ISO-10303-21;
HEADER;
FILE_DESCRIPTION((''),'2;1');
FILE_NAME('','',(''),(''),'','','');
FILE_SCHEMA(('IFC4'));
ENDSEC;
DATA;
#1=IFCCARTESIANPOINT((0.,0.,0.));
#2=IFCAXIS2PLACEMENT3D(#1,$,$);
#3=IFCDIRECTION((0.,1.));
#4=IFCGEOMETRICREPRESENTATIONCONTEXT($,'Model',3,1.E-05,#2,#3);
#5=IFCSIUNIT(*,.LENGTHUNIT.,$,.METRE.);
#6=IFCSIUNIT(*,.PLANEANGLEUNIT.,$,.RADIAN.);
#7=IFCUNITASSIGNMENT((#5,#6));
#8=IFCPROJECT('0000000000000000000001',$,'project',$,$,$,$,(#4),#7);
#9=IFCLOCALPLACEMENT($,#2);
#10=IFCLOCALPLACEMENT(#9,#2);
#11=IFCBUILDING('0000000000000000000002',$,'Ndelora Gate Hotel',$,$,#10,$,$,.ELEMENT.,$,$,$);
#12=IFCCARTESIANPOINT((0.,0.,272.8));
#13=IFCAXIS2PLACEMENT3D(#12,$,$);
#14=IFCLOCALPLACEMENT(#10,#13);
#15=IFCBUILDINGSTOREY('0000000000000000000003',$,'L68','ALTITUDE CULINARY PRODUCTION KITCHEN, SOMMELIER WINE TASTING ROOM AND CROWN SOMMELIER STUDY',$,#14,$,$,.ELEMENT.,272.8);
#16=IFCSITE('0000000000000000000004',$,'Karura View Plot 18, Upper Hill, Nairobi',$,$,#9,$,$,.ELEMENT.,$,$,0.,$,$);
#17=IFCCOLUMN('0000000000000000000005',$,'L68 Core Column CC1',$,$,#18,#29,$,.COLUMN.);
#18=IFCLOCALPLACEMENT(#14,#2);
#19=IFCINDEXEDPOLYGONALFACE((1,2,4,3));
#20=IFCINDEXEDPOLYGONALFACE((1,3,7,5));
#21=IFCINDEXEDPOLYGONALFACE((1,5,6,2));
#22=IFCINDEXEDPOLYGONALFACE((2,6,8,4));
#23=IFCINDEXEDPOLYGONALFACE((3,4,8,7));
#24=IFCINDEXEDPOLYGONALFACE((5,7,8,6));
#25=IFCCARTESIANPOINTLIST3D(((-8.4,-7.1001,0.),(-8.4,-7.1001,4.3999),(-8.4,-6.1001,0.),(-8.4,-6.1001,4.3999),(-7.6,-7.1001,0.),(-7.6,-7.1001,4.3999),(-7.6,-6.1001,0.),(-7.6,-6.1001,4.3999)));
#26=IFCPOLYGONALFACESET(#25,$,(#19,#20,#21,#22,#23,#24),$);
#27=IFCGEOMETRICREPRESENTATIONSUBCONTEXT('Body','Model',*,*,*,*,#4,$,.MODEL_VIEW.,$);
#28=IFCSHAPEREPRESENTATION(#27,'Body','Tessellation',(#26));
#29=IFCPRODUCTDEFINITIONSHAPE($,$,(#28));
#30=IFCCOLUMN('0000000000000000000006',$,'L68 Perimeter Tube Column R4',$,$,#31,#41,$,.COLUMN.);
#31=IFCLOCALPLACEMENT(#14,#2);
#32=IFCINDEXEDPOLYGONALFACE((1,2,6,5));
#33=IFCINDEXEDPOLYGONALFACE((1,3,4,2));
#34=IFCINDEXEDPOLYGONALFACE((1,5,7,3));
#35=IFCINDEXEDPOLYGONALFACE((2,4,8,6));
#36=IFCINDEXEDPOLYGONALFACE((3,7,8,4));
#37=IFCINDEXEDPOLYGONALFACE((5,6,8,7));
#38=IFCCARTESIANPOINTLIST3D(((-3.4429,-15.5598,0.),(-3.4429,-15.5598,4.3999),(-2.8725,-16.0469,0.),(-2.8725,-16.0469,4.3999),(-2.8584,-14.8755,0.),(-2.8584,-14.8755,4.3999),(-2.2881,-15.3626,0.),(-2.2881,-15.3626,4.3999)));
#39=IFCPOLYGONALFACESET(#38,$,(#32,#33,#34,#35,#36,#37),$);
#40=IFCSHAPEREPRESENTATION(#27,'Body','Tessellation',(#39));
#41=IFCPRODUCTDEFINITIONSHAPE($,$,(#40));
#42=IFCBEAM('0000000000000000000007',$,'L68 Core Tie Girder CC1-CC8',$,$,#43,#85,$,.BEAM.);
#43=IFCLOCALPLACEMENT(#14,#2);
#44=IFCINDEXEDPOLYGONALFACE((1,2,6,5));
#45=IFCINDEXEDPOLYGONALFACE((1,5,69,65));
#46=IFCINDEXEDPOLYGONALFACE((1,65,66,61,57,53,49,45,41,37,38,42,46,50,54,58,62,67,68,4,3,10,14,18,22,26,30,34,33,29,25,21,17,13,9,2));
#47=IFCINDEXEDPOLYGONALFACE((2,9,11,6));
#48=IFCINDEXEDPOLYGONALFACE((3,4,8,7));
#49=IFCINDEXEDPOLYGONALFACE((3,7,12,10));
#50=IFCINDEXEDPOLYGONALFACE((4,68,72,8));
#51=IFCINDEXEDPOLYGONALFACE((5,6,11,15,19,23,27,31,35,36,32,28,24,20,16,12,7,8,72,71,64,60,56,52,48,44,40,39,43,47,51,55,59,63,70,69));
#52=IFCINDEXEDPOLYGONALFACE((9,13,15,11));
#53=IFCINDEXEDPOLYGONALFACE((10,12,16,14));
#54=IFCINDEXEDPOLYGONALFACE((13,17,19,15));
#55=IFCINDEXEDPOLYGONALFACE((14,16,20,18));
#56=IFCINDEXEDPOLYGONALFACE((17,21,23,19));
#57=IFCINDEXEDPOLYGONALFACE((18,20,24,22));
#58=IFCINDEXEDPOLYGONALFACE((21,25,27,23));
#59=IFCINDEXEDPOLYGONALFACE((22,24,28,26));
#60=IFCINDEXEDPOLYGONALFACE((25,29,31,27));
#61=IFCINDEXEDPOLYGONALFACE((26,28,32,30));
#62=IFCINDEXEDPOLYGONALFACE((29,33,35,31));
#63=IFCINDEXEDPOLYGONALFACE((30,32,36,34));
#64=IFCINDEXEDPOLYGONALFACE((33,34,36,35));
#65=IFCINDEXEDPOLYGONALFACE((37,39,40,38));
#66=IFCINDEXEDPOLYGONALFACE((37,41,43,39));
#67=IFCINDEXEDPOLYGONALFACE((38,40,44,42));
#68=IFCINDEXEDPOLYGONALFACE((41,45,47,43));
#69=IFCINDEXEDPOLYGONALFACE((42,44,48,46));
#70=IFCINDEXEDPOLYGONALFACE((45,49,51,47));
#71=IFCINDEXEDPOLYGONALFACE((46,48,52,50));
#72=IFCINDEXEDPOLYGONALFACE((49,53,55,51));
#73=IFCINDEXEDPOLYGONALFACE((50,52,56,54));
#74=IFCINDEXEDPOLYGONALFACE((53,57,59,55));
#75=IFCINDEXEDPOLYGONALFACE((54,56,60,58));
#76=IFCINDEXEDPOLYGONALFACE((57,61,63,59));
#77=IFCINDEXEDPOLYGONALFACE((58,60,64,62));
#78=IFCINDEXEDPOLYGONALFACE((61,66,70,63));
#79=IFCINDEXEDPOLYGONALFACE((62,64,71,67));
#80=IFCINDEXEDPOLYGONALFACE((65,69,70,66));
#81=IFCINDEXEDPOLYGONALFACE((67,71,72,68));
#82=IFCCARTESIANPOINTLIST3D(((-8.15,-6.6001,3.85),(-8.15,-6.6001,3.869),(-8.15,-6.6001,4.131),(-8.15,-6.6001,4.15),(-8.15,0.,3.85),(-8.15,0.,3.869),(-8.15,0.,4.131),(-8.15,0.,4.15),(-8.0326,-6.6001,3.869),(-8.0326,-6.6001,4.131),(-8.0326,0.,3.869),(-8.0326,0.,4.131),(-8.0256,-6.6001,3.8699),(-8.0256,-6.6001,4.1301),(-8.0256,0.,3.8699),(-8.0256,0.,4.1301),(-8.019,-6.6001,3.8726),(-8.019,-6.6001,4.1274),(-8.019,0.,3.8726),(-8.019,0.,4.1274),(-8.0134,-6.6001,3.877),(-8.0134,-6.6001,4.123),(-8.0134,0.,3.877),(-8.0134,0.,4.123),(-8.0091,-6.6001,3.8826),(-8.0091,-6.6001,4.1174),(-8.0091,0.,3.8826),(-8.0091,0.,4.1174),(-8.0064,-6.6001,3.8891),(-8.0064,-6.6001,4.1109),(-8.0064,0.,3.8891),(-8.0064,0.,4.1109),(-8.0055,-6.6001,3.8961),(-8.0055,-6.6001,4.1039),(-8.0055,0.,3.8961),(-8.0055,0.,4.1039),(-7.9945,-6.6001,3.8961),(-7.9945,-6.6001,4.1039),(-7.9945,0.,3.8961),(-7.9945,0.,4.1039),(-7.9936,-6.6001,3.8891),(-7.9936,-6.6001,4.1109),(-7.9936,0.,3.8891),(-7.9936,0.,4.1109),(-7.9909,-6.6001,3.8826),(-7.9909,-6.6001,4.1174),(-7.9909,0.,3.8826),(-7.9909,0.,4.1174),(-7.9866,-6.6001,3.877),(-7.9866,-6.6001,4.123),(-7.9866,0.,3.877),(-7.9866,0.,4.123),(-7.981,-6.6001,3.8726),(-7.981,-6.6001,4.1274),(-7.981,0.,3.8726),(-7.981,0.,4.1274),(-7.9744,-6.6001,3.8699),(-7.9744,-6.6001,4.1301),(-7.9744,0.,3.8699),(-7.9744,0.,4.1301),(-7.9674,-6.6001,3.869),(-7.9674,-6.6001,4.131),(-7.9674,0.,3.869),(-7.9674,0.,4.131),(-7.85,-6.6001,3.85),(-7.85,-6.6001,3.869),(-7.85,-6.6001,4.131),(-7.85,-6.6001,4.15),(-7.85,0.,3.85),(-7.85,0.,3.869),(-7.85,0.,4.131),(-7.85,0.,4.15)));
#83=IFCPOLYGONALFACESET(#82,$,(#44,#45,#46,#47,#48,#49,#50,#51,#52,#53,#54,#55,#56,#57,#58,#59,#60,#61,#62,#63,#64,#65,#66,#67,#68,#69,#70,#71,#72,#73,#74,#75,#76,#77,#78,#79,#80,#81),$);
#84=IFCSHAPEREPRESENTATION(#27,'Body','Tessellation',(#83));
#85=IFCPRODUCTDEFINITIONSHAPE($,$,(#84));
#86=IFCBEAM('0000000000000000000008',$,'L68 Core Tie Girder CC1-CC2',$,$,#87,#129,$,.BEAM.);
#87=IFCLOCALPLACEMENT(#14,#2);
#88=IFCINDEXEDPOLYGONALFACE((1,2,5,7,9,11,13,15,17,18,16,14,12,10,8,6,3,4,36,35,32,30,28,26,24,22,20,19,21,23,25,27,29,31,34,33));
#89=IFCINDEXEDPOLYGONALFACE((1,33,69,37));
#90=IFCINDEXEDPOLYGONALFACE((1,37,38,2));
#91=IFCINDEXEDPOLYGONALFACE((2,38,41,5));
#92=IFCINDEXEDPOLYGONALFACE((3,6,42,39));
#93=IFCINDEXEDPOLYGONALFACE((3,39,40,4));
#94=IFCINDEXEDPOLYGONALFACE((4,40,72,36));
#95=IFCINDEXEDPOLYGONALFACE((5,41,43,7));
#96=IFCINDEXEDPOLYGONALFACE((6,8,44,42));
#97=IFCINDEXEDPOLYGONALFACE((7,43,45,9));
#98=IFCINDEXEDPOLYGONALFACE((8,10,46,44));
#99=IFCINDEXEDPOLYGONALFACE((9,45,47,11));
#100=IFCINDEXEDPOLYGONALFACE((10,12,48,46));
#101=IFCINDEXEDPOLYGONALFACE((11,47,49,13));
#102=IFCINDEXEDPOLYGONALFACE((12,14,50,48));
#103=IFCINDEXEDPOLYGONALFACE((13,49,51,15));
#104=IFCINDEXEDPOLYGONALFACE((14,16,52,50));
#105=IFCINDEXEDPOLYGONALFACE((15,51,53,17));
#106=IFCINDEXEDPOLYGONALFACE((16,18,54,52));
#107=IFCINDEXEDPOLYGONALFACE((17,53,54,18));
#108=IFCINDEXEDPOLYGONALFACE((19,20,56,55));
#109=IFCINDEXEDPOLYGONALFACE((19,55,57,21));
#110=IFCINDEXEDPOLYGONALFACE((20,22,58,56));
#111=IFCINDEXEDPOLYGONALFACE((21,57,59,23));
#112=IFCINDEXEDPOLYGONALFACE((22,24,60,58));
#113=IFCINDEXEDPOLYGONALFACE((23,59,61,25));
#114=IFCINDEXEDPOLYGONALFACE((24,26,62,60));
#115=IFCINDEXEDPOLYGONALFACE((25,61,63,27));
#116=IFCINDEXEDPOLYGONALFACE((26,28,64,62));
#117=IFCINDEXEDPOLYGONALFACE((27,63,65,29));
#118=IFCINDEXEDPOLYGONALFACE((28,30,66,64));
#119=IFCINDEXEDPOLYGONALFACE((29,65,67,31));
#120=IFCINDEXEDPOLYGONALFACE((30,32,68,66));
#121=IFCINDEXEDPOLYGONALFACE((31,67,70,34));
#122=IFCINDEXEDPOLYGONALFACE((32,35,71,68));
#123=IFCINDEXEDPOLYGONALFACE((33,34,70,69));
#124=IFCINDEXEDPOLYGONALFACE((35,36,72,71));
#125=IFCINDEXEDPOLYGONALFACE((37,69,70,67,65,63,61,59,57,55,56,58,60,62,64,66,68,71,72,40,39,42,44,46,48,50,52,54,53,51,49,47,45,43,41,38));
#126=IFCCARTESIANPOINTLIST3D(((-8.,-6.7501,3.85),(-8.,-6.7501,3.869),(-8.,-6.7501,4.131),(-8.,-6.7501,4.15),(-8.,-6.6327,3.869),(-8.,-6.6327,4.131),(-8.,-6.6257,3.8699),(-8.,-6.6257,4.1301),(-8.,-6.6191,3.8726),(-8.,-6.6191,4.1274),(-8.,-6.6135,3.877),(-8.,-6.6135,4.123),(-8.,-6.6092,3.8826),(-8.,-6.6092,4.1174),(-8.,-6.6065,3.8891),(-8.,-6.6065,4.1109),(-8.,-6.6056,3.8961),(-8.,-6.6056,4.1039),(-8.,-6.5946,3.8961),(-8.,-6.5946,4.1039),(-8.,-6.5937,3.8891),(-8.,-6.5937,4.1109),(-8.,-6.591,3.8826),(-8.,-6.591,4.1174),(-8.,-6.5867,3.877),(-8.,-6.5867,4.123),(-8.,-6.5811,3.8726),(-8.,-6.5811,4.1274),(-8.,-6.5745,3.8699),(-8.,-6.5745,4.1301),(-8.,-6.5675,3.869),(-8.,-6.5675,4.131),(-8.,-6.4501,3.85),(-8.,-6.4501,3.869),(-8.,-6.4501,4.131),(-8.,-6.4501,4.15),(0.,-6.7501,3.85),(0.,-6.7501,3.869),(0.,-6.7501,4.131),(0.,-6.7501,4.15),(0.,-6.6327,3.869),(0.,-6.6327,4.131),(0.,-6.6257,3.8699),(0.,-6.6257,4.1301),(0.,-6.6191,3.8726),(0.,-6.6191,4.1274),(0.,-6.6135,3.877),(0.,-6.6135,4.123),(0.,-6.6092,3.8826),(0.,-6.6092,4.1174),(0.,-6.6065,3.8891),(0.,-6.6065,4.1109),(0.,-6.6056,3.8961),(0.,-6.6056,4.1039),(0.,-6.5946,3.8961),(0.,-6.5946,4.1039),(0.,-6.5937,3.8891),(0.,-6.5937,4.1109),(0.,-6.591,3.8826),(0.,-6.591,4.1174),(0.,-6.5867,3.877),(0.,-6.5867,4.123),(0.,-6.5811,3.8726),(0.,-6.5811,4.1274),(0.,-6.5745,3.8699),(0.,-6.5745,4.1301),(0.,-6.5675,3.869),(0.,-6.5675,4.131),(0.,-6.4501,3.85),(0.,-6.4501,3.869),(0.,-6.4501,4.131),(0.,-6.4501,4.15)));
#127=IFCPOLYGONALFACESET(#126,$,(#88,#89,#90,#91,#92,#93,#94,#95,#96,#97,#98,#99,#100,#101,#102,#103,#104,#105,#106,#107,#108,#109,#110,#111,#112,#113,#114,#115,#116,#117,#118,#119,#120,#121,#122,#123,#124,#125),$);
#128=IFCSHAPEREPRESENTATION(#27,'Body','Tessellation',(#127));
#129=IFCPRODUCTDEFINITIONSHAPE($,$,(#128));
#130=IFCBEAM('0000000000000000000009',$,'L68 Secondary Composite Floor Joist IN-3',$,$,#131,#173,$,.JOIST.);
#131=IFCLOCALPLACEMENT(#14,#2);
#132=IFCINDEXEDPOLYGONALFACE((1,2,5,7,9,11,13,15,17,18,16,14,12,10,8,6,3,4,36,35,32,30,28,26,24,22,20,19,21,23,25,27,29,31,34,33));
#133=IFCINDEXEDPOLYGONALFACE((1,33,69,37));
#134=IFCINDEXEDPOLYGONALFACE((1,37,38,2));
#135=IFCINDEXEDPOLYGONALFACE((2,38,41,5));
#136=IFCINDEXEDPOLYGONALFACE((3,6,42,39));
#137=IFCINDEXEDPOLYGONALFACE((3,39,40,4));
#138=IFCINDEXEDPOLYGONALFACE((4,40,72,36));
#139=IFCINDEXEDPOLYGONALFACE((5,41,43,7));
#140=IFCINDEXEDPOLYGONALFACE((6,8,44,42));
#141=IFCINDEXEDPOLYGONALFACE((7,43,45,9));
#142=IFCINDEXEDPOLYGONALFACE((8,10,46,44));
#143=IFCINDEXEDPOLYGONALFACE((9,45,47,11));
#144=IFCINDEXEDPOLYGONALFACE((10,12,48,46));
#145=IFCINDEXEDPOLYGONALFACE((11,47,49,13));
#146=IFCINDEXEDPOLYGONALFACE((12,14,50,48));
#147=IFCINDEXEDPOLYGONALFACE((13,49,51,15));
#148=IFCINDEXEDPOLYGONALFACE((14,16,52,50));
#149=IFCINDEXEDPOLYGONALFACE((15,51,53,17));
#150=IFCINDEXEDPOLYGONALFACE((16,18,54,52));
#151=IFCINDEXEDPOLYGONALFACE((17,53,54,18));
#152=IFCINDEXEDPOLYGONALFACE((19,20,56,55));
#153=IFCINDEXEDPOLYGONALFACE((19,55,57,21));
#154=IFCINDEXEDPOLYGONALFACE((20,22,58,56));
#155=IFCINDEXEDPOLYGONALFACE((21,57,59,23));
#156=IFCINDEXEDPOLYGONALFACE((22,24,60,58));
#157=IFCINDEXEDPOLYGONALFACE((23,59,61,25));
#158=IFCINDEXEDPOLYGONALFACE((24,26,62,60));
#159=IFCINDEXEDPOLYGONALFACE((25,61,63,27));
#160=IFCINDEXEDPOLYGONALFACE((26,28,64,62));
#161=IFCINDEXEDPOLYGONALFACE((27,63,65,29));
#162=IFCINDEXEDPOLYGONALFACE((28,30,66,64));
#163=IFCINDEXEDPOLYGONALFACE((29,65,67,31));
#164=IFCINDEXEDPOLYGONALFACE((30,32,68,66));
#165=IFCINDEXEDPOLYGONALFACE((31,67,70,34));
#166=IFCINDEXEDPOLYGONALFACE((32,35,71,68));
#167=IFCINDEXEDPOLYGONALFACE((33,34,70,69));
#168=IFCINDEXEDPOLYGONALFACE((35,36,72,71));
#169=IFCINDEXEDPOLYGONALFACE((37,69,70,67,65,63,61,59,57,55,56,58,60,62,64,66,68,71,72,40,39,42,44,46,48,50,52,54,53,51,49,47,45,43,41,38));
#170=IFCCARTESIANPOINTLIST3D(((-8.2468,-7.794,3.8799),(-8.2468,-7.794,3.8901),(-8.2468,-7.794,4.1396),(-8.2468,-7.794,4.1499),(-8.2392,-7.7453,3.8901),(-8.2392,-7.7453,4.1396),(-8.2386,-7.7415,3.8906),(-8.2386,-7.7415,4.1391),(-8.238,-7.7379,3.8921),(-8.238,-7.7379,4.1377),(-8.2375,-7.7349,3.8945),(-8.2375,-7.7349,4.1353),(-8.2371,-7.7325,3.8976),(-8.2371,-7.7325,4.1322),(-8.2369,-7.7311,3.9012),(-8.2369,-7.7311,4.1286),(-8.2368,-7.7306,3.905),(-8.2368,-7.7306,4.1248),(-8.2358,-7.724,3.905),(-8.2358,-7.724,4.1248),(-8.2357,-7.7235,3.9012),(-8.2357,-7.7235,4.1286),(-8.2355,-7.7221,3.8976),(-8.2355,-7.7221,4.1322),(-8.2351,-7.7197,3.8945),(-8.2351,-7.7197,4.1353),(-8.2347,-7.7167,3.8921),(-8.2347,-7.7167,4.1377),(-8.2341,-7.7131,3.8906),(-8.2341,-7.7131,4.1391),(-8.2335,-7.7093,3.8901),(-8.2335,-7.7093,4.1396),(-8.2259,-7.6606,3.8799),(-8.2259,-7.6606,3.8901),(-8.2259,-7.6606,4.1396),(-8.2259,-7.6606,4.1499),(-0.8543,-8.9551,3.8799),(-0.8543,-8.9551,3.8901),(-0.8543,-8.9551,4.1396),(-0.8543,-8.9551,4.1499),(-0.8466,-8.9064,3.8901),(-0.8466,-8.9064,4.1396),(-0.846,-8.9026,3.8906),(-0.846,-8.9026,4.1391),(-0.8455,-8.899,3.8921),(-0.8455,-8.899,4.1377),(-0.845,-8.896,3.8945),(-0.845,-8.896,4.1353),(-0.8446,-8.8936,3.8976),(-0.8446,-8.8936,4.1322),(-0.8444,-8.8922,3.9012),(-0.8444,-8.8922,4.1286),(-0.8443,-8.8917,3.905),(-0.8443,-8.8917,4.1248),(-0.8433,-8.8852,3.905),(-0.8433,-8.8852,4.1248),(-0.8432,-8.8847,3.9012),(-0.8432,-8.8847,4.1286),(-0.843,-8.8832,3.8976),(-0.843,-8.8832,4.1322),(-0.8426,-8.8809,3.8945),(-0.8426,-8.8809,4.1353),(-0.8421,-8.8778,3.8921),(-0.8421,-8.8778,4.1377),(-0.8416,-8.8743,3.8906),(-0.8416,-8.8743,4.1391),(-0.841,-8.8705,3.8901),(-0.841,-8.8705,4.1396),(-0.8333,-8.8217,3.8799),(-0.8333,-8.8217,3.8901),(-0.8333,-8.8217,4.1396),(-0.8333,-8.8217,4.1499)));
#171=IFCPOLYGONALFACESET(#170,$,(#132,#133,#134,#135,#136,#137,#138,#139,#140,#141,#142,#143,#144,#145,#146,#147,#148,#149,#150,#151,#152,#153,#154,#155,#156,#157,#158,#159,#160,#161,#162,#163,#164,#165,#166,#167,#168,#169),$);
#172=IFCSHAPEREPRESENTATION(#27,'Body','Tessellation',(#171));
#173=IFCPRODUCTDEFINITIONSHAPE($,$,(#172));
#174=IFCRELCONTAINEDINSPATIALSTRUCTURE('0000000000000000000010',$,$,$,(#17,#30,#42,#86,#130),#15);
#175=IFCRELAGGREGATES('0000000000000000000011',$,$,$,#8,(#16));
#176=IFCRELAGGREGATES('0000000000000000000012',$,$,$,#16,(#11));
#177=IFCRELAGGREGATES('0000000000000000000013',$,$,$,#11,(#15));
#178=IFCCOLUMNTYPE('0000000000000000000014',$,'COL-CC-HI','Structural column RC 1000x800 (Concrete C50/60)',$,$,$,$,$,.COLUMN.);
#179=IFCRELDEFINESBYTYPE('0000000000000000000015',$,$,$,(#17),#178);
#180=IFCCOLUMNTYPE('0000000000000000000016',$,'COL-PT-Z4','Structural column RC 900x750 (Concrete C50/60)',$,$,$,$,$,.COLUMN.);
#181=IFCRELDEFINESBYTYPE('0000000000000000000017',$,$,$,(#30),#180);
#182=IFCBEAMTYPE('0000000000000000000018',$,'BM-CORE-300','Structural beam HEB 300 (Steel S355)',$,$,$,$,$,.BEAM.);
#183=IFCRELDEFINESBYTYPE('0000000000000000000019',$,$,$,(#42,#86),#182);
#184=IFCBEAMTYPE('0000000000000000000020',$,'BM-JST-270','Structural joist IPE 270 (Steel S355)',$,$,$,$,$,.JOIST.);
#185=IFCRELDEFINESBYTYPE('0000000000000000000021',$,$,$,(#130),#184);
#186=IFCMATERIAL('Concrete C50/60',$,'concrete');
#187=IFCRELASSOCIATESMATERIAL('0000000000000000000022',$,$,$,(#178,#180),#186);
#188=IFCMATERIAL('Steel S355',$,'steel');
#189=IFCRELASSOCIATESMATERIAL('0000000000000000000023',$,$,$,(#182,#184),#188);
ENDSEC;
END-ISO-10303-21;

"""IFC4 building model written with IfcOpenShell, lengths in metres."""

from ifc_helpers import new_model, si_unit, direction, frame, origin, origin_2d, place, context, subcontext, project, spatial, rectangle, i_section, extrude, material, material_profile, profile_set, type_object, element, save


model = new_model("IFC4")

# Units and contexts
model_context = context("Model", 3, precision=1e-05, world=origin(), true_north=direction((0.0, 1.0)))
body_context = subcontext(model_context, "Body", "Model", "MODEL_VIEW")
ifc_project = project(units=[si_unit("LENGTHUNIT", "METRE"), si_unit("PLANEANGLEUNIT", "RADIAN")], contexts=[model_context])

# Site, building, storey
site_placement = place(None, origin())
site = spatial("IfcSite", under=ifc_project, at=site_placement, Name="Karura View Plot 18, Upper Hill, Nairobi", CompositionType="ELEMENT", RefElevation=0.0)
building_placement = place(site_placement, origin())
building = spatial("IfcBuilding", under=site, at=building_placement, Name="Ndelora Gate Hotel", CompositionType="ELEMENT")
storey_placement = place(building_placement, frame((0.0, 0.0, 272.8)))
storey = spatial("IfcBuildingStorey", under=building, at=storey_placement, Name="L68", Description="ALTITUDE CULINARY PRODUCTION KITCHEN, SOMMELIER WINE TASTING ROOM AND CROWN SOMMELIER STUDY", CompositionType="ELEMENT", Elevation=272.8)

# Columns
ifc_material_1 = material(Name="Concrete C50/60", Category="concrete")
ifc_material_profile_1 = material_profile(ifc_material_1, rectangle(XDim=0.8, YDim=1.0, at=origin_2d()), Name="RC 1000x800")
ifc_profile_set_1 = profile_set([ifc_material_profile_1], Name="Concrete C50/60")
column_type_1 = type_object("IfcColumnType", Name="COL-CC-HI", Description="Structural column RC 1000x800 (Concrete C50/60)", PredefinedType="COLUMN", material=ifc_profile_set_1)
column_1_placement = place(storey_placement, frame((-8.0, -6.6001, 0.0), z_axis=(0.0, 0.0, 1.0), x_axis=(1.0, 0.0, 0.0)))
element("IfcColumn", 1, at=column_1_placement, inside=storey, type_object=column_type_1, Name="L68 Core Column CC1", PredefinedType="COLUMN", context=body_context, shape_type="SweptSolid", body=[
    extrude(rectangle(XDim=0.8, YDim=1.0, at=origin_2d()), origin(), (0.0, 0.0, 1.0), 4.3999),
])
ifc_material_profile_2 = material_profile(ifc_material_1, rectangle(XDim=0.75, YDim=0.8999, at=origin_2d()), Name="RC 900x750")
ifc_profile_set_2 = profile_set([ifc_material_profile_2], Name="Concrete C50/60")
column_type_2 = type_object("IfcColumnType", Name="COL-PT-Z4", Description="Structural column RC 900x750 (Concrete C50/60)", PredefinedType="COLUMN", material=ifc_profile_set_2)
column_2_placement = place(storey_placement, frame((-2.8655, -15.4612, 0.0), z_axis=(0.0, 0.0, 1.0), x_axis=(-0.760406, 0.649448, 0.0)))
element("IfcColumn", 2, at=column_2_placement, inside=storey, type_object=column_type_2, Name="L68 Perimeter Tube Column R4", PredefinedType="COLUMN", context=body_context, shape_type="SweptSolid", body=[
    extrude(rectangle(XDim=0.75, YDim=0.8999, at=origin_2d()), origin(), (0.0, 0.0, 1.0), 4.3999),
])

# Beams
ifc_material_2 = material(Name="Steel S355", Category="steel")
ifc_material_profile_3 = material_profile(ifc_material_2, i_section(OverallWidth=0.3, OverallDepth=0.3, WebThickness=0.011, FlangeThickness=0.019, FilletRadius=0.0271, at=origin_2d()), Name="HEB 300")
ifc_profile_set_3 = profile_set([ifc_material_profile_3], Name="Steel S355")
beam_type_1 = type_object("IfcBeamType", Name="BM-CORE-300", Description="Structural beam HEB 300 (Steel S355)", PredefinedType="BEAM", material=ifc_profile_set_3)
beam_1_placement = place(storey_placement, frame((-8.0, -6.6001, 4.0), z_axis=(0.0, 1.0, 0.0), x_axis=(-1.0, 0.0, 0.0)))
element("IfcBeam", 3, at=beam_1_placement, inside=storey, type_object=beam_type_1, Name="L68 Core Tie Girder CC1-CC8", PredefinedType="BEAM", context=body_context, shape_type="SweptSolid", body=[
    extrude(i_section(OverallWidth=0.3, OverallDepth=0.3, WebThickness=0.011, FlangeThickness=0.019, FilletRadius=0.0271, at=origin_2d()), origin(), (0.0, 0.0, 1.0), 6.6001),
])
beam_2_placement = place(storey_placement, frame((-8.0, -6.6001, 4.0), z_axis=(1.0, 0.0, 0.0), x_axis=(0.0, 1.0, 0.0)))
element("IfcBeam", 4, at=beam_2_placement, inside=storey, type_object=beam_type_1, Name="L68 Core Tie Girder CC1-CC2", PredefinedType="BEAM", context=body_context, shape_type="SweptSolid", body=[
    extrude(i_section(OverallWidth=0.3, OverallDepth=0.3, WebThickness=0.011, FlangeThickness=0.019, FilletRadius=0.0271, at=origin_2d()), origin(), (0.0, 0.0, 1.0), 8.0),
])
ifc_material_profile_4 = material_profile(ifc_material_2, i_section(OverallWidth=0.135, OverallDepth=0.27, WebThickness=0.0066, FlangeThickness=0.0103, FilletRadius=0.0149, at=origin_2d()), Name="IPE 270")
ifc_profile_set_4 = profile_set([ifc_material_profile_4], Name="Steel S355")
beam_type_2 = type_object("IfcBeamType", Name="BM-JST-270", Description="Structural joist IPE 270 (Steel S355)", PredefinedType="JOIST", material=ifc_profile_set_4)
beam_3_placement = place(storey_placement, frame((-8.2363, -7.7273, 4.0149), z_axis=(0.987889, -0.155165, 0.0), x_axis=(0.155165, 0.987889, 0.0)))
element("IfcBeam", 5, at=beam_3_placement, inside=storey, type_object=beam_type_2, Name="L68 Secondary Composite Floor Joist IN-3", PredefinedType="JOIST", context=body_context, shape_type="SweptSolid", body=[
    extrude(i_section(OverallWidth=0.135, OverallDepth=0.27, WebThickness=0.0066, FlangeThickness=0.0103, FilletRadius=0.0149, at=origin_2d()), origin(), (0.0, 0.0, 1.0), 7.4832),
])

save(model, "model.ifc")
